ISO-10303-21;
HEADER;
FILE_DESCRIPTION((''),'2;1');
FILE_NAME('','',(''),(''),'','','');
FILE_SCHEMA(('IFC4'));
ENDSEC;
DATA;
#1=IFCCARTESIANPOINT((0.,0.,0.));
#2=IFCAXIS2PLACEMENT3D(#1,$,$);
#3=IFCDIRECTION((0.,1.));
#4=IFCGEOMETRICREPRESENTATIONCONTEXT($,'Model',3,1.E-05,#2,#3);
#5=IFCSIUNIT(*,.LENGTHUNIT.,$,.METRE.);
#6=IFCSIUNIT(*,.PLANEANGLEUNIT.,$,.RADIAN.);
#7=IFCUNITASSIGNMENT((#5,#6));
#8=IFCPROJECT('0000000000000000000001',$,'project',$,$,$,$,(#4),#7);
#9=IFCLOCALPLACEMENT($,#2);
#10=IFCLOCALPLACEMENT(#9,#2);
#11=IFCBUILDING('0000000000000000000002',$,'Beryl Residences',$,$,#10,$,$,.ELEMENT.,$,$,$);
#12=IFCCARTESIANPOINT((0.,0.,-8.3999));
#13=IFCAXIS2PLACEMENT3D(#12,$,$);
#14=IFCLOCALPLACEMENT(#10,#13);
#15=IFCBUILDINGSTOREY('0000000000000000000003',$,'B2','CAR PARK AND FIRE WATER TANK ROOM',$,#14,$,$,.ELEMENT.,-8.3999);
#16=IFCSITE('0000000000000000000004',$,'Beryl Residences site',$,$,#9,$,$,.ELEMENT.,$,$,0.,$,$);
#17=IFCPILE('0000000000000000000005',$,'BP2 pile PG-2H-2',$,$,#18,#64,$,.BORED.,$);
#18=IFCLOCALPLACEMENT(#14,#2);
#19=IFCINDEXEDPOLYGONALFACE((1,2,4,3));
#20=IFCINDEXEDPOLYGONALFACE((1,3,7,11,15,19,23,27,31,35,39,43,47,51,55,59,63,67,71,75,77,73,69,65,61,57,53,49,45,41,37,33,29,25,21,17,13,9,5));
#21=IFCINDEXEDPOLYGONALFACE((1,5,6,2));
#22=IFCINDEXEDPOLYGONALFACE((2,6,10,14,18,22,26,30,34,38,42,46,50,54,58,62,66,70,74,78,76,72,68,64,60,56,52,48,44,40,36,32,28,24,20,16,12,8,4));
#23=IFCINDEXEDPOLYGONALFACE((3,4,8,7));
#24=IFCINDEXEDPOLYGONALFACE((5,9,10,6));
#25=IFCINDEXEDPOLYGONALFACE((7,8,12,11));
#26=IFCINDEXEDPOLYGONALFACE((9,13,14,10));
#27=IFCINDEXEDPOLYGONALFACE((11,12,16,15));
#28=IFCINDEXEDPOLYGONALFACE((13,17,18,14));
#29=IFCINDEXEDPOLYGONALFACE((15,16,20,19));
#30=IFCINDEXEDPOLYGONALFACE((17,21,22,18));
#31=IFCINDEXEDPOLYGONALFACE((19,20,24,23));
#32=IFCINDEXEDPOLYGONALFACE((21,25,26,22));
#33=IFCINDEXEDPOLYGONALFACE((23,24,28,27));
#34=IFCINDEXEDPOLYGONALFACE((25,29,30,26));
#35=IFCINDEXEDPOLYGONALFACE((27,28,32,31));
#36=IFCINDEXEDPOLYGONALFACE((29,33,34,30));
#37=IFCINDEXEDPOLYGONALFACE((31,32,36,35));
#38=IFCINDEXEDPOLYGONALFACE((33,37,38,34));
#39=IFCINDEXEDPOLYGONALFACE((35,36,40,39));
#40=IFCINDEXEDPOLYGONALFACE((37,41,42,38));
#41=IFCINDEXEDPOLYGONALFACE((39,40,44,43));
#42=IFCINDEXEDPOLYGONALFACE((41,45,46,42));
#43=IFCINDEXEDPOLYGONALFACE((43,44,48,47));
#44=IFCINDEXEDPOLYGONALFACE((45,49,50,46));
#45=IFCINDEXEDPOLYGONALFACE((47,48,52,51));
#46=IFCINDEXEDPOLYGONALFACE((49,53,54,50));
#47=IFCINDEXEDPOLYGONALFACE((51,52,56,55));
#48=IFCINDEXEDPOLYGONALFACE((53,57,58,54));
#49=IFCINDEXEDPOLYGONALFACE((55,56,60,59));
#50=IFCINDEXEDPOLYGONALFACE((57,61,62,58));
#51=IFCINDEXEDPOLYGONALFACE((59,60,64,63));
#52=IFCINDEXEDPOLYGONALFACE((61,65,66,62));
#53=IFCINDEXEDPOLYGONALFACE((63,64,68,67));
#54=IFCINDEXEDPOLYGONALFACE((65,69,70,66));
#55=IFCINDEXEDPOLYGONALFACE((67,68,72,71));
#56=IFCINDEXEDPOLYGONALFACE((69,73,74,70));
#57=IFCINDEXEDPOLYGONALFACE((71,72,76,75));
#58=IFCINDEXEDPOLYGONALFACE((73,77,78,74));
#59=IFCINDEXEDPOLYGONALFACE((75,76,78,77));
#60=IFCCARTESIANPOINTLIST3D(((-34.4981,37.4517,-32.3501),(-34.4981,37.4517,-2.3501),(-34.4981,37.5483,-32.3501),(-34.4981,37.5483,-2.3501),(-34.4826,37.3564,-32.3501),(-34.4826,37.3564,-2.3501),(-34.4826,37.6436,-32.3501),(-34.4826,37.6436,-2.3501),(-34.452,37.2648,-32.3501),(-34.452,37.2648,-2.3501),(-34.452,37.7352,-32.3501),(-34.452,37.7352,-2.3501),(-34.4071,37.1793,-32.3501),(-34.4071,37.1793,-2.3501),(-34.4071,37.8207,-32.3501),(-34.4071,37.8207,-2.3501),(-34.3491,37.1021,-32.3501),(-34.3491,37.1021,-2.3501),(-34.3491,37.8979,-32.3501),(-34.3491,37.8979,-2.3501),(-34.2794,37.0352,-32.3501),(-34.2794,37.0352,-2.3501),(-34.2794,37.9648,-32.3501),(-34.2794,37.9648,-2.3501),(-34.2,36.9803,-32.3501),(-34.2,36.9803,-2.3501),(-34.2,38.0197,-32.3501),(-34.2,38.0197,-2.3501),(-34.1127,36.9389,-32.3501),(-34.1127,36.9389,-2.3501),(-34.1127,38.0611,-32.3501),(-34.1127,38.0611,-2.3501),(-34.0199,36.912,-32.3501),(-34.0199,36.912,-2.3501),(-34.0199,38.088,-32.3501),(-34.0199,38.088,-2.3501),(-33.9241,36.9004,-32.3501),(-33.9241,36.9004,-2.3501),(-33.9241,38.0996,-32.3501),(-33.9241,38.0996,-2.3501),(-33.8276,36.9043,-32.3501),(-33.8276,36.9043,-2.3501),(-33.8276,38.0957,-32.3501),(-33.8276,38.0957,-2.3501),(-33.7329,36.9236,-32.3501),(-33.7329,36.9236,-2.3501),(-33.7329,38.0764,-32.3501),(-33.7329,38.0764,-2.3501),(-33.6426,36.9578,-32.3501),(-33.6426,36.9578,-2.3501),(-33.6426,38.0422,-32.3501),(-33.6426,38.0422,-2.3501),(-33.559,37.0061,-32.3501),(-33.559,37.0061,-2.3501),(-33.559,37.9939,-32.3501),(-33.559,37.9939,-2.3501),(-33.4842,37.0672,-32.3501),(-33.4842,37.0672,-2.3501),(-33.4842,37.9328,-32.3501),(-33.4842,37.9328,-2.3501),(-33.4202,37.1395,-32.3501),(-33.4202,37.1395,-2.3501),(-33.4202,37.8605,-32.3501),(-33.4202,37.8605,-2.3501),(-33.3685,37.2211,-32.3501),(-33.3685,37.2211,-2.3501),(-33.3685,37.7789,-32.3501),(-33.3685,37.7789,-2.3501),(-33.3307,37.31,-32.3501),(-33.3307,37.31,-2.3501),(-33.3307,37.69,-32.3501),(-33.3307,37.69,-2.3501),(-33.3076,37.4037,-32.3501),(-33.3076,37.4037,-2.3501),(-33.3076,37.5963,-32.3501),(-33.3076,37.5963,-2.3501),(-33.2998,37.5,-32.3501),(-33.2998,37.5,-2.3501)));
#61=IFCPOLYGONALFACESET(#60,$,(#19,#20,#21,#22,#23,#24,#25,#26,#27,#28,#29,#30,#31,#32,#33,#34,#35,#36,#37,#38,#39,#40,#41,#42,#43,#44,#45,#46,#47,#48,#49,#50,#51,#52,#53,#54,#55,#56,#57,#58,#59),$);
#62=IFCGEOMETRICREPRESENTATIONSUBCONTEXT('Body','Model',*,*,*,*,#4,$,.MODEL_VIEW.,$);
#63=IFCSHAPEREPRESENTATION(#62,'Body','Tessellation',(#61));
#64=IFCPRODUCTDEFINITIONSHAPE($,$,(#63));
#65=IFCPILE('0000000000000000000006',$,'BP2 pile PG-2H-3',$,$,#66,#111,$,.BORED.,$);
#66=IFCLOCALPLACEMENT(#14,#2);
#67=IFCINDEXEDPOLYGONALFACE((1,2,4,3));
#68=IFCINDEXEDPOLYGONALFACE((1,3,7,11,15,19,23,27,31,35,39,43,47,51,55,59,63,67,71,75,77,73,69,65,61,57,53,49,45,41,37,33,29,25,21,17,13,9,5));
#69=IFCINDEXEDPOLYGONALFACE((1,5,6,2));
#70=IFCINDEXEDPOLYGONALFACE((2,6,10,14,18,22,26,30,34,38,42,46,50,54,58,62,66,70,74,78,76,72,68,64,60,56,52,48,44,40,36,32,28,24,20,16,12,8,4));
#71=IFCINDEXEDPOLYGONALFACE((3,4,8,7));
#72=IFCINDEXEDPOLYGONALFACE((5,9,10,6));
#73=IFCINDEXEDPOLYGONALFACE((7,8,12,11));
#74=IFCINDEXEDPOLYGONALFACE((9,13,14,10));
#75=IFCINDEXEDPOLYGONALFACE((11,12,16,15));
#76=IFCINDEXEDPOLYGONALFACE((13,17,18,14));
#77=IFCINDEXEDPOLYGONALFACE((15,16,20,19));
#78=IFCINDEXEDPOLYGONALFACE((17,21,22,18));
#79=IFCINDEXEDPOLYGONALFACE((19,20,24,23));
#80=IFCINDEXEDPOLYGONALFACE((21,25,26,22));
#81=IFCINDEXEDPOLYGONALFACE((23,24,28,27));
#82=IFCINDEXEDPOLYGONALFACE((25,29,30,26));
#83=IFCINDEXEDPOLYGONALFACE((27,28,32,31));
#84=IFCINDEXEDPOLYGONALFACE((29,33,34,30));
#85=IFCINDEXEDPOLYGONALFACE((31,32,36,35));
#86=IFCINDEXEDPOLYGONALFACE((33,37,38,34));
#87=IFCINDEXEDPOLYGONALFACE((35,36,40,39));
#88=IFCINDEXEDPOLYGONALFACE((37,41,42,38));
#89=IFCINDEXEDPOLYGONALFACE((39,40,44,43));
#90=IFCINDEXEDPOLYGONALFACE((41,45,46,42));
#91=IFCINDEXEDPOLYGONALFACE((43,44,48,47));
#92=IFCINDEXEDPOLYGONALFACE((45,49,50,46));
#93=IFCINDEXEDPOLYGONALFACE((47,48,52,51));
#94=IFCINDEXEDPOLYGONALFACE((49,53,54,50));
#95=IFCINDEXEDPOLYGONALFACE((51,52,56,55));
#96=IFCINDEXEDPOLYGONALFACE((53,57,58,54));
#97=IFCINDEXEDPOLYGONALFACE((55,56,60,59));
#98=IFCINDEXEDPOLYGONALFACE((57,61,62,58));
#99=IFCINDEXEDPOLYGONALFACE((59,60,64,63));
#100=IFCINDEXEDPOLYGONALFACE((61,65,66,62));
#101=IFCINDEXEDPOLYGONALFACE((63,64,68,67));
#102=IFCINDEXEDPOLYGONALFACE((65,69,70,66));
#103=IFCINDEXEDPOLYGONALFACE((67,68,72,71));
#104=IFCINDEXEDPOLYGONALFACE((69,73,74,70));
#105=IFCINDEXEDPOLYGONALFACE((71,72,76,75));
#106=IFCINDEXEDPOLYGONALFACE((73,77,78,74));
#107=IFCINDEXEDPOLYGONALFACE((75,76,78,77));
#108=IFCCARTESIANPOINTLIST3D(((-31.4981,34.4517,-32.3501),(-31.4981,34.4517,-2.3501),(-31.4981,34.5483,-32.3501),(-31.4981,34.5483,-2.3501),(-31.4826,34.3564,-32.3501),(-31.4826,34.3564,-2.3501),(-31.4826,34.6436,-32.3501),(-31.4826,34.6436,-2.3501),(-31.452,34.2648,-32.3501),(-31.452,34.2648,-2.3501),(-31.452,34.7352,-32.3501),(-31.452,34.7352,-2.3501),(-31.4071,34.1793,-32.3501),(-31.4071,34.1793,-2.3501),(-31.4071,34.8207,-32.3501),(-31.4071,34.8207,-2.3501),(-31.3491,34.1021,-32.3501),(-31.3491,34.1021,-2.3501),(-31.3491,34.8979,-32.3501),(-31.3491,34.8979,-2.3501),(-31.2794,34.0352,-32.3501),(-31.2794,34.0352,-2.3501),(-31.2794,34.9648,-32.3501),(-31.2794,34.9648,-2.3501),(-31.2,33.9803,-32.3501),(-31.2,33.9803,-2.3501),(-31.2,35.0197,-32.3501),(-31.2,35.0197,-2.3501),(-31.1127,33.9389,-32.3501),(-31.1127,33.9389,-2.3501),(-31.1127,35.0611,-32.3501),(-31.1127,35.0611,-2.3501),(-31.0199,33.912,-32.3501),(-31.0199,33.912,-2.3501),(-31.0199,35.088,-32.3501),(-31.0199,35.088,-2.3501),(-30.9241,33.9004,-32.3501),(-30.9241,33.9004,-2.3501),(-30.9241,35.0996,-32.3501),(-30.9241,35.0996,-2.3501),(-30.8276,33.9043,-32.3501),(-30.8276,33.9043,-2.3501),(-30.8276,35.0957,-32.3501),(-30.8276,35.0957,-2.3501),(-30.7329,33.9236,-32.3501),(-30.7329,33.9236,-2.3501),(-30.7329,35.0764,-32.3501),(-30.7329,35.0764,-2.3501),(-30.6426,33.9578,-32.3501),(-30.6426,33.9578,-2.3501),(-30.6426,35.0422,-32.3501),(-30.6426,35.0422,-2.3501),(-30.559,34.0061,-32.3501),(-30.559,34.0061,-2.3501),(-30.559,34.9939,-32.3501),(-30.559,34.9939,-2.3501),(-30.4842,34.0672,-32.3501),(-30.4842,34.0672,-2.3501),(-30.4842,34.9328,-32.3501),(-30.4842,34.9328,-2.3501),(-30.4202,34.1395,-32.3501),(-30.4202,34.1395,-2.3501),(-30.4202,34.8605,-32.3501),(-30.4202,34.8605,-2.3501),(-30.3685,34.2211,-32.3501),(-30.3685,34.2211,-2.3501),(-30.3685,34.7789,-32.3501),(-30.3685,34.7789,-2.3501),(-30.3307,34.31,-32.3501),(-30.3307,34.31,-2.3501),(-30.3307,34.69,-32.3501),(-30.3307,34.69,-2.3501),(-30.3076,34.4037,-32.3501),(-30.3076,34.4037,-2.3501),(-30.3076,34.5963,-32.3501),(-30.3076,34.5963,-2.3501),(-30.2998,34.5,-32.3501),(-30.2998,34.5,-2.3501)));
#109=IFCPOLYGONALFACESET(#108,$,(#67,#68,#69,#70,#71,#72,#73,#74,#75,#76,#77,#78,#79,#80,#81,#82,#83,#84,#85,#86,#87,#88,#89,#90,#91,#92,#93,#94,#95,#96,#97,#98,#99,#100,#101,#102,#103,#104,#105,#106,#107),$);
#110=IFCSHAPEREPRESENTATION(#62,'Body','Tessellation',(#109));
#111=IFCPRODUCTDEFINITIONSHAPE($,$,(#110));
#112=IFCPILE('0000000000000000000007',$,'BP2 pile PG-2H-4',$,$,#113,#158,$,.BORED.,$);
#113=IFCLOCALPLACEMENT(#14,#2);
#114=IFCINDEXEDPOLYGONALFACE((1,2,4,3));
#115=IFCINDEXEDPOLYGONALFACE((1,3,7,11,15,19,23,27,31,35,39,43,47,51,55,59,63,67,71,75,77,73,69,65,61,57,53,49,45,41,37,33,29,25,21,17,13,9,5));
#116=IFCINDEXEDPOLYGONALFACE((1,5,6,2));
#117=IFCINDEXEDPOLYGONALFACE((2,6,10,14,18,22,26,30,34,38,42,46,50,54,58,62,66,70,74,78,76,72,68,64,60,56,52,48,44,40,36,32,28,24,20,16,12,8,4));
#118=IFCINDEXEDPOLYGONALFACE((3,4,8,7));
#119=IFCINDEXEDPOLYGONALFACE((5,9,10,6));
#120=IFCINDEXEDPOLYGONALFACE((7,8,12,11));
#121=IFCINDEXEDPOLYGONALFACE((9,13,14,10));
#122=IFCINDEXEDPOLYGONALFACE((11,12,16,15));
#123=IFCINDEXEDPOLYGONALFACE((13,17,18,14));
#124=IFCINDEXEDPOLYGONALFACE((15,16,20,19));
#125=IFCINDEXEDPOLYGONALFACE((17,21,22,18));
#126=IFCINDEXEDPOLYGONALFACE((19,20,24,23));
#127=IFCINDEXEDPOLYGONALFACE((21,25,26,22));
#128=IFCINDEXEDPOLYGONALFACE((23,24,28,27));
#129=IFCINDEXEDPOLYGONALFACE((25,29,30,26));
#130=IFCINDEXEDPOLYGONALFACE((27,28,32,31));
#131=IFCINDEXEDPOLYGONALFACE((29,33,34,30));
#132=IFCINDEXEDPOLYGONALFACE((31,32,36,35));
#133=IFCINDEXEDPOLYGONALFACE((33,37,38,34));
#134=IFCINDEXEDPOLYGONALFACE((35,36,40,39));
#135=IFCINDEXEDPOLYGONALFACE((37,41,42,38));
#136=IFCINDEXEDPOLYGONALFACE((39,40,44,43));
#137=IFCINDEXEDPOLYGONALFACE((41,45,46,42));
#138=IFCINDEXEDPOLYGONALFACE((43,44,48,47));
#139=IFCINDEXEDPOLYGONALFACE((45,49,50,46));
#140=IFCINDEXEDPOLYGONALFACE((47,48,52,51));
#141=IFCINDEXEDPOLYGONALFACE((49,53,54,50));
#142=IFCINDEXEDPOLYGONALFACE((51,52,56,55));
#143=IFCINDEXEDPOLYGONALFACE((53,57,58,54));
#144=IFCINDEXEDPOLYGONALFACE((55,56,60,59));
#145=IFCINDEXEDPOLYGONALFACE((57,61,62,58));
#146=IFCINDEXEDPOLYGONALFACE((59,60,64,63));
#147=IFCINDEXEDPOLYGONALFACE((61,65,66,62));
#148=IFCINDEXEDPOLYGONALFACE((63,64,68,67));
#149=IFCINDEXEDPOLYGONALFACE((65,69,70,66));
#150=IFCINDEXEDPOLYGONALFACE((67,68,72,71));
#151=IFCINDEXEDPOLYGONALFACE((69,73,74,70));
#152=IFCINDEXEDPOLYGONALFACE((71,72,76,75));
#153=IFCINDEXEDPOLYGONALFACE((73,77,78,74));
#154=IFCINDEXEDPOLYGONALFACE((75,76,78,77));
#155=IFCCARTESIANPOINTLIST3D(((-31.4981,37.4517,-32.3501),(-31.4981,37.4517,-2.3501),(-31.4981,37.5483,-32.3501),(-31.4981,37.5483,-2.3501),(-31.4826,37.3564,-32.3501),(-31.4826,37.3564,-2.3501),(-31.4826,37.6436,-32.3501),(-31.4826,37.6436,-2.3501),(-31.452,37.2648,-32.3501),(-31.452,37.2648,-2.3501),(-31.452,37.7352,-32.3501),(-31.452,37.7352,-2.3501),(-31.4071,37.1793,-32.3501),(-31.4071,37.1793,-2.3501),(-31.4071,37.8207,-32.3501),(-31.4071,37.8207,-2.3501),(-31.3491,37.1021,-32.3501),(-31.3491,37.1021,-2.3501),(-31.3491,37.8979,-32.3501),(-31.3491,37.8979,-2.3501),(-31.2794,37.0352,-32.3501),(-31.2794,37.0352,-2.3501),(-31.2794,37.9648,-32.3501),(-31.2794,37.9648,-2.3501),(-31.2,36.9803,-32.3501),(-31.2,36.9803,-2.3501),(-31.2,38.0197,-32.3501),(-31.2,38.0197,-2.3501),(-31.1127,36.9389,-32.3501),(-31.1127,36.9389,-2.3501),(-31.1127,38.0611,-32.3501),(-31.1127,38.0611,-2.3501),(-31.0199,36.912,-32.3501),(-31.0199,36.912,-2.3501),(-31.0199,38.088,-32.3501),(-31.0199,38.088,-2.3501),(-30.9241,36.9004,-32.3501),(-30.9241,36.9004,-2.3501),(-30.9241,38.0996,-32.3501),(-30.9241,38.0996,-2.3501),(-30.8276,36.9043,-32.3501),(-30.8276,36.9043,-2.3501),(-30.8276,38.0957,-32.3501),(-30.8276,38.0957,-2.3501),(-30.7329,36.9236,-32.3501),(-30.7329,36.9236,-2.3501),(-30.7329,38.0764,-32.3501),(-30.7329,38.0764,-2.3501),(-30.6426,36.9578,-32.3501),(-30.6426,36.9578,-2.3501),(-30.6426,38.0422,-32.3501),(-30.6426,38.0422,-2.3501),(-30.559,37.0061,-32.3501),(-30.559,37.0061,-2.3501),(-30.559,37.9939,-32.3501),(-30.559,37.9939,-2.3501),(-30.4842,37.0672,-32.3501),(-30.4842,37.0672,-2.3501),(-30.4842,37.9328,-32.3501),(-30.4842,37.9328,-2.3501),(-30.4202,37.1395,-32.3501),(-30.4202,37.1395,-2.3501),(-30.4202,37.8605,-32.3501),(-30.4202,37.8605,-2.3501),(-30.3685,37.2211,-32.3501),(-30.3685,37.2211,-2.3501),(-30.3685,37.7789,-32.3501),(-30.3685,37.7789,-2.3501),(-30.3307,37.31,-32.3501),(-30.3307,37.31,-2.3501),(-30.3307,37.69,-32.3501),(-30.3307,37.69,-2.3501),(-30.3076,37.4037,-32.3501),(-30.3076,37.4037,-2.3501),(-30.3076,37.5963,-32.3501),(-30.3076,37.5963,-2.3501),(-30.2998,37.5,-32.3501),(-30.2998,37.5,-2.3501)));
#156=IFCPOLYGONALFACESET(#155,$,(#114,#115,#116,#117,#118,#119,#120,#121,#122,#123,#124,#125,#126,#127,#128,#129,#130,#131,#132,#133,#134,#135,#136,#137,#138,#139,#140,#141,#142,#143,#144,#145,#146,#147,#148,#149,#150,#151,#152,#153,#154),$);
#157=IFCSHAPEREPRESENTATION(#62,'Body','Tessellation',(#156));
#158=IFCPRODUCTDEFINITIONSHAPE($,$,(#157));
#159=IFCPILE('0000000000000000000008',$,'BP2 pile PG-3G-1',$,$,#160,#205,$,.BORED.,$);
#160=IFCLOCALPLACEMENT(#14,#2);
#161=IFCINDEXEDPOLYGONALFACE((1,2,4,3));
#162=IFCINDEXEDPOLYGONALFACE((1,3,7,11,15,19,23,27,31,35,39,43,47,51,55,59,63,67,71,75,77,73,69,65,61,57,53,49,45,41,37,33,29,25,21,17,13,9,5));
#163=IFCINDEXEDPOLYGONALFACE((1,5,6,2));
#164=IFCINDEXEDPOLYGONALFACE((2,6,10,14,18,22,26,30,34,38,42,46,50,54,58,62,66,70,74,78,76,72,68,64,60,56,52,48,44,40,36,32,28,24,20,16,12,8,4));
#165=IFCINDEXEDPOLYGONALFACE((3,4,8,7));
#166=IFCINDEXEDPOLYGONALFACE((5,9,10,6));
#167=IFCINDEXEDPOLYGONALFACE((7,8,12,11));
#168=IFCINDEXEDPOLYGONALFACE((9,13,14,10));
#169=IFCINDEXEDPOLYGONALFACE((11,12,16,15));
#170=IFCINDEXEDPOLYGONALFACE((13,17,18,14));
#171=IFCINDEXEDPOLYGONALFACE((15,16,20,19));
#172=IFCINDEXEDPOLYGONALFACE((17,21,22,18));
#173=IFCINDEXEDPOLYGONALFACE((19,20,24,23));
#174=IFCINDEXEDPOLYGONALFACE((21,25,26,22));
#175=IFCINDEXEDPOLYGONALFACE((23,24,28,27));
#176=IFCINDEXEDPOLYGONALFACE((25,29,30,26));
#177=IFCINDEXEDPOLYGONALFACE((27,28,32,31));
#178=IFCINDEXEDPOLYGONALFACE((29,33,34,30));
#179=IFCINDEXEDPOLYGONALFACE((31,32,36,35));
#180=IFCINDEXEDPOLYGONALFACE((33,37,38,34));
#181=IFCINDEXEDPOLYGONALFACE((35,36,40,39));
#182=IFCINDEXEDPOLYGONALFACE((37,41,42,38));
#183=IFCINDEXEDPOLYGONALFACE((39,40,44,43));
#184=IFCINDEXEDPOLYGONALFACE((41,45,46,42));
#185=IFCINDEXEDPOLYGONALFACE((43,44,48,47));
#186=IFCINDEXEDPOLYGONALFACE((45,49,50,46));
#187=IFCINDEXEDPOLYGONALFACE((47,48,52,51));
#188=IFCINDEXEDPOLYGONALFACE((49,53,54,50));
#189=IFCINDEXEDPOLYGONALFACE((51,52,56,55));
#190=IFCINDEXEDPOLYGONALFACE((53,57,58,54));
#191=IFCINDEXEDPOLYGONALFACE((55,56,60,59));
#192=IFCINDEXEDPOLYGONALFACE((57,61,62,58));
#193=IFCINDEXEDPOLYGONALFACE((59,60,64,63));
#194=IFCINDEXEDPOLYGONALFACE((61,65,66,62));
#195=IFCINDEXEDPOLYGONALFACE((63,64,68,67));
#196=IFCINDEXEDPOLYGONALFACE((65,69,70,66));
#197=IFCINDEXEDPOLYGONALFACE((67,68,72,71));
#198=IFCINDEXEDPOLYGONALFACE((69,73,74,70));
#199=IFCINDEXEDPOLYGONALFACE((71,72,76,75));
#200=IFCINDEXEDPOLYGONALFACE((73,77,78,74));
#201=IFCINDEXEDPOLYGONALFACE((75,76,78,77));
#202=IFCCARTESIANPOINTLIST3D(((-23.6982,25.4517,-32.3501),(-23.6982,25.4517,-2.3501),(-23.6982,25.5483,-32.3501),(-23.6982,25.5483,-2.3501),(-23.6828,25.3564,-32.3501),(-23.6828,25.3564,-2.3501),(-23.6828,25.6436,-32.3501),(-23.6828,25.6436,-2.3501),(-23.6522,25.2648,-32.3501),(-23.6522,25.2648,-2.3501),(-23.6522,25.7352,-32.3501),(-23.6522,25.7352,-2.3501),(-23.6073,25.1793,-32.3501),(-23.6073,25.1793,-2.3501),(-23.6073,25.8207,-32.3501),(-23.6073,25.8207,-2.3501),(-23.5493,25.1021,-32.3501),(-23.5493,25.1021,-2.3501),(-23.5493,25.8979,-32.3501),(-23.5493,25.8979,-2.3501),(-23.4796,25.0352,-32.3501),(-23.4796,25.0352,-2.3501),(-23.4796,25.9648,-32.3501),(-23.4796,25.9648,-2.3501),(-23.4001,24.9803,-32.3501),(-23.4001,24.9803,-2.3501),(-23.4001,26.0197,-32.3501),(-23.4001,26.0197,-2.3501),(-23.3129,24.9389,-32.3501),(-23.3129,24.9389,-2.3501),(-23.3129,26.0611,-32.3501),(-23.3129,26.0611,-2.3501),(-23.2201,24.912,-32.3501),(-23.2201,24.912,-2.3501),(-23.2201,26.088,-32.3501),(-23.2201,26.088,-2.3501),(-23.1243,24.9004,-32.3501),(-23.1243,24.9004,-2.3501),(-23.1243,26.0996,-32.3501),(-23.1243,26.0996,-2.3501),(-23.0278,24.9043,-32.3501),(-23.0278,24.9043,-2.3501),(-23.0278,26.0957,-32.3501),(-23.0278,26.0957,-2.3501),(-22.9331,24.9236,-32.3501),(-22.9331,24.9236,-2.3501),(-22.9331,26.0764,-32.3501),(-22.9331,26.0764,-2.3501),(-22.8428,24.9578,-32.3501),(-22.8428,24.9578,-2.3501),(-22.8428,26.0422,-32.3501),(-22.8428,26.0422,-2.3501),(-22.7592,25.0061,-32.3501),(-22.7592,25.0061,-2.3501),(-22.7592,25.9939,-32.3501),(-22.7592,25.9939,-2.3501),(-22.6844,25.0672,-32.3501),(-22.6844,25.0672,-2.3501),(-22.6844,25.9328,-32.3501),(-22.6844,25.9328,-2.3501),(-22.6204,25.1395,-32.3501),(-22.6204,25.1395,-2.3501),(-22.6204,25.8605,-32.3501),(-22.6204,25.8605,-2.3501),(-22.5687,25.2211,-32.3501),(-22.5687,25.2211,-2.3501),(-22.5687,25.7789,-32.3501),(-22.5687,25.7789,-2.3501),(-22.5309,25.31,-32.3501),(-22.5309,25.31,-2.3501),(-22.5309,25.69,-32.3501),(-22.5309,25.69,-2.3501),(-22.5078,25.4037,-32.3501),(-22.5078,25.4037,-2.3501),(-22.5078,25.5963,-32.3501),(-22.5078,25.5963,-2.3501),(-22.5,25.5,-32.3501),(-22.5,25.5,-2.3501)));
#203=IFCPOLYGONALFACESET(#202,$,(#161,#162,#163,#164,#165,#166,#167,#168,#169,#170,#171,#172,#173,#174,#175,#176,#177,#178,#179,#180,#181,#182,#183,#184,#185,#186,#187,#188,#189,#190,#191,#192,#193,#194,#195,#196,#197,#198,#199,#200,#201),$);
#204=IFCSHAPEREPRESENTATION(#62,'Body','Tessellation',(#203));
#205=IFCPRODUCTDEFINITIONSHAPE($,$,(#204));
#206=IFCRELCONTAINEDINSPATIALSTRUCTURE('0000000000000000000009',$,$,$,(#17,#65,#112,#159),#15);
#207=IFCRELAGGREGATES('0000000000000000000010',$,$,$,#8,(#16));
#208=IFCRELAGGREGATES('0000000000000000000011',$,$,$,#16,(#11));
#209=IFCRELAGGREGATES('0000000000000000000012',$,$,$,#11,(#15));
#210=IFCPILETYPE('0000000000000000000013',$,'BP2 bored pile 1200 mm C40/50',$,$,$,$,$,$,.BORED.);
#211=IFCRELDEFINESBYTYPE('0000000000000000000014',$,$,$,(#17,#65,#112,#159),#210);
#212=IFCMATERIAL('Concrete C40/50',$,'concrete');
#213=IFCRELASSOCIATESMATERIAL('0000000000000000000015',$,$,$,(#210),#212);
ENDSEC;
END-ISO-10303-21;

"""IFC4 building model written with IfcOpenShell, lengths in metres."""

from ifc_helpers import new_model, si_unit, direction, frame, origin, origin_2d, place, context, subcontext, project, spatial, circle, extrude, material, material_profile, profile_set, type_object, element, save


model = new_model("IFC4")

# Units and contexts
model_context = context("Model", 3, precision=1e-05, world=origin(), true_north=direction((0.0, 1.0)))
body_context = subcontext(model_context, "Body", "Model", "MODEL_VIEW")
ifc_project = project(units=[si_unit("LENGTHUNIT", "METRE"), si_unit("PLANEANGLEUNIT", "RADIAN")], contexts=[model_context])

# Site, building, storey
site_placement = place(None, origin())
site = spatial("IfcSite", under=ifc_project, at=site_placement, Name="Beryl Residences site", CompositionType="ELEMENT", RefElevation=0.0)
building_placement = place(site_placement, origin())
building = spatial("IfcBuilding", under=site, at=building_placement, Name="Beryl Residences", CompositionType="ELEMENT")
storey_placement = place(building_placement, frame((0.0, 0.0, -8.3999)))
storey = spatial("IfcBuildingStorey", under=building, at=storey_placement, Name="B2", Description="CAR PARK AND FIRE WATER TANK ROOM", CompositionType="ELEMENT", Elevation=-8.3999)

# Piles
ifc_material_1 = material(Name="Concrete C40/50", Category="concrete")
ifc_material_profile_1 = material_profile(ifc_material_1, circle(Radius=0.6001, at=origin_2d()))
ifc_profile_set_1 = profile_set([ifc_material_profile_1], Name="Concrete C40/50")
pile_type = type_object("IfcPileType", Name="BP2 bored pile 1200 mm C40/50", PredefinedType="BORED", material=ifc_profile_set_1)
for number, where, z_axis, x_axis, name in (
    (1, (-33.8999, 37.5, -2.3501), (0.0, 0.0, -1.0), (1.0, 0.0, 0.0), "BP2 pile PG-2H-2"),
    (2, (-30.8999, 34.5, -2.3501), (0.0, 0.0, -1.0), (1.0, 0.0, 0.0), "BP2 pile PG-2H-3"),
    (3, (-30.8999, 37.5, -2.3501), (0.0, 0.0, -1.0), (1.0, 0.0, 0.0), "BP2 pile PG-2H-4"),
    (4, (-23.1001, 25.5, -2.3501), (0.0, 0.0, -1.0), (1.0, 0.0, 0.0), "BP2 pile PG-3G-1"),
):
    element("IfcPile", number, at=place(storey_placement, frame(where, z_axis=z_axis, x_axis=x_axis)), inside=storey, type_object=pile_type, Name=name, PredefinedType="BORED", context=body_context, shape_type="SweptSolid", body=[
        extrude(circle(Radius=0.6001, at=origin_2d()), origin(), (0.0, 0.0, 1.0), 30.0),
    ])

save(model, "model.ifc")
